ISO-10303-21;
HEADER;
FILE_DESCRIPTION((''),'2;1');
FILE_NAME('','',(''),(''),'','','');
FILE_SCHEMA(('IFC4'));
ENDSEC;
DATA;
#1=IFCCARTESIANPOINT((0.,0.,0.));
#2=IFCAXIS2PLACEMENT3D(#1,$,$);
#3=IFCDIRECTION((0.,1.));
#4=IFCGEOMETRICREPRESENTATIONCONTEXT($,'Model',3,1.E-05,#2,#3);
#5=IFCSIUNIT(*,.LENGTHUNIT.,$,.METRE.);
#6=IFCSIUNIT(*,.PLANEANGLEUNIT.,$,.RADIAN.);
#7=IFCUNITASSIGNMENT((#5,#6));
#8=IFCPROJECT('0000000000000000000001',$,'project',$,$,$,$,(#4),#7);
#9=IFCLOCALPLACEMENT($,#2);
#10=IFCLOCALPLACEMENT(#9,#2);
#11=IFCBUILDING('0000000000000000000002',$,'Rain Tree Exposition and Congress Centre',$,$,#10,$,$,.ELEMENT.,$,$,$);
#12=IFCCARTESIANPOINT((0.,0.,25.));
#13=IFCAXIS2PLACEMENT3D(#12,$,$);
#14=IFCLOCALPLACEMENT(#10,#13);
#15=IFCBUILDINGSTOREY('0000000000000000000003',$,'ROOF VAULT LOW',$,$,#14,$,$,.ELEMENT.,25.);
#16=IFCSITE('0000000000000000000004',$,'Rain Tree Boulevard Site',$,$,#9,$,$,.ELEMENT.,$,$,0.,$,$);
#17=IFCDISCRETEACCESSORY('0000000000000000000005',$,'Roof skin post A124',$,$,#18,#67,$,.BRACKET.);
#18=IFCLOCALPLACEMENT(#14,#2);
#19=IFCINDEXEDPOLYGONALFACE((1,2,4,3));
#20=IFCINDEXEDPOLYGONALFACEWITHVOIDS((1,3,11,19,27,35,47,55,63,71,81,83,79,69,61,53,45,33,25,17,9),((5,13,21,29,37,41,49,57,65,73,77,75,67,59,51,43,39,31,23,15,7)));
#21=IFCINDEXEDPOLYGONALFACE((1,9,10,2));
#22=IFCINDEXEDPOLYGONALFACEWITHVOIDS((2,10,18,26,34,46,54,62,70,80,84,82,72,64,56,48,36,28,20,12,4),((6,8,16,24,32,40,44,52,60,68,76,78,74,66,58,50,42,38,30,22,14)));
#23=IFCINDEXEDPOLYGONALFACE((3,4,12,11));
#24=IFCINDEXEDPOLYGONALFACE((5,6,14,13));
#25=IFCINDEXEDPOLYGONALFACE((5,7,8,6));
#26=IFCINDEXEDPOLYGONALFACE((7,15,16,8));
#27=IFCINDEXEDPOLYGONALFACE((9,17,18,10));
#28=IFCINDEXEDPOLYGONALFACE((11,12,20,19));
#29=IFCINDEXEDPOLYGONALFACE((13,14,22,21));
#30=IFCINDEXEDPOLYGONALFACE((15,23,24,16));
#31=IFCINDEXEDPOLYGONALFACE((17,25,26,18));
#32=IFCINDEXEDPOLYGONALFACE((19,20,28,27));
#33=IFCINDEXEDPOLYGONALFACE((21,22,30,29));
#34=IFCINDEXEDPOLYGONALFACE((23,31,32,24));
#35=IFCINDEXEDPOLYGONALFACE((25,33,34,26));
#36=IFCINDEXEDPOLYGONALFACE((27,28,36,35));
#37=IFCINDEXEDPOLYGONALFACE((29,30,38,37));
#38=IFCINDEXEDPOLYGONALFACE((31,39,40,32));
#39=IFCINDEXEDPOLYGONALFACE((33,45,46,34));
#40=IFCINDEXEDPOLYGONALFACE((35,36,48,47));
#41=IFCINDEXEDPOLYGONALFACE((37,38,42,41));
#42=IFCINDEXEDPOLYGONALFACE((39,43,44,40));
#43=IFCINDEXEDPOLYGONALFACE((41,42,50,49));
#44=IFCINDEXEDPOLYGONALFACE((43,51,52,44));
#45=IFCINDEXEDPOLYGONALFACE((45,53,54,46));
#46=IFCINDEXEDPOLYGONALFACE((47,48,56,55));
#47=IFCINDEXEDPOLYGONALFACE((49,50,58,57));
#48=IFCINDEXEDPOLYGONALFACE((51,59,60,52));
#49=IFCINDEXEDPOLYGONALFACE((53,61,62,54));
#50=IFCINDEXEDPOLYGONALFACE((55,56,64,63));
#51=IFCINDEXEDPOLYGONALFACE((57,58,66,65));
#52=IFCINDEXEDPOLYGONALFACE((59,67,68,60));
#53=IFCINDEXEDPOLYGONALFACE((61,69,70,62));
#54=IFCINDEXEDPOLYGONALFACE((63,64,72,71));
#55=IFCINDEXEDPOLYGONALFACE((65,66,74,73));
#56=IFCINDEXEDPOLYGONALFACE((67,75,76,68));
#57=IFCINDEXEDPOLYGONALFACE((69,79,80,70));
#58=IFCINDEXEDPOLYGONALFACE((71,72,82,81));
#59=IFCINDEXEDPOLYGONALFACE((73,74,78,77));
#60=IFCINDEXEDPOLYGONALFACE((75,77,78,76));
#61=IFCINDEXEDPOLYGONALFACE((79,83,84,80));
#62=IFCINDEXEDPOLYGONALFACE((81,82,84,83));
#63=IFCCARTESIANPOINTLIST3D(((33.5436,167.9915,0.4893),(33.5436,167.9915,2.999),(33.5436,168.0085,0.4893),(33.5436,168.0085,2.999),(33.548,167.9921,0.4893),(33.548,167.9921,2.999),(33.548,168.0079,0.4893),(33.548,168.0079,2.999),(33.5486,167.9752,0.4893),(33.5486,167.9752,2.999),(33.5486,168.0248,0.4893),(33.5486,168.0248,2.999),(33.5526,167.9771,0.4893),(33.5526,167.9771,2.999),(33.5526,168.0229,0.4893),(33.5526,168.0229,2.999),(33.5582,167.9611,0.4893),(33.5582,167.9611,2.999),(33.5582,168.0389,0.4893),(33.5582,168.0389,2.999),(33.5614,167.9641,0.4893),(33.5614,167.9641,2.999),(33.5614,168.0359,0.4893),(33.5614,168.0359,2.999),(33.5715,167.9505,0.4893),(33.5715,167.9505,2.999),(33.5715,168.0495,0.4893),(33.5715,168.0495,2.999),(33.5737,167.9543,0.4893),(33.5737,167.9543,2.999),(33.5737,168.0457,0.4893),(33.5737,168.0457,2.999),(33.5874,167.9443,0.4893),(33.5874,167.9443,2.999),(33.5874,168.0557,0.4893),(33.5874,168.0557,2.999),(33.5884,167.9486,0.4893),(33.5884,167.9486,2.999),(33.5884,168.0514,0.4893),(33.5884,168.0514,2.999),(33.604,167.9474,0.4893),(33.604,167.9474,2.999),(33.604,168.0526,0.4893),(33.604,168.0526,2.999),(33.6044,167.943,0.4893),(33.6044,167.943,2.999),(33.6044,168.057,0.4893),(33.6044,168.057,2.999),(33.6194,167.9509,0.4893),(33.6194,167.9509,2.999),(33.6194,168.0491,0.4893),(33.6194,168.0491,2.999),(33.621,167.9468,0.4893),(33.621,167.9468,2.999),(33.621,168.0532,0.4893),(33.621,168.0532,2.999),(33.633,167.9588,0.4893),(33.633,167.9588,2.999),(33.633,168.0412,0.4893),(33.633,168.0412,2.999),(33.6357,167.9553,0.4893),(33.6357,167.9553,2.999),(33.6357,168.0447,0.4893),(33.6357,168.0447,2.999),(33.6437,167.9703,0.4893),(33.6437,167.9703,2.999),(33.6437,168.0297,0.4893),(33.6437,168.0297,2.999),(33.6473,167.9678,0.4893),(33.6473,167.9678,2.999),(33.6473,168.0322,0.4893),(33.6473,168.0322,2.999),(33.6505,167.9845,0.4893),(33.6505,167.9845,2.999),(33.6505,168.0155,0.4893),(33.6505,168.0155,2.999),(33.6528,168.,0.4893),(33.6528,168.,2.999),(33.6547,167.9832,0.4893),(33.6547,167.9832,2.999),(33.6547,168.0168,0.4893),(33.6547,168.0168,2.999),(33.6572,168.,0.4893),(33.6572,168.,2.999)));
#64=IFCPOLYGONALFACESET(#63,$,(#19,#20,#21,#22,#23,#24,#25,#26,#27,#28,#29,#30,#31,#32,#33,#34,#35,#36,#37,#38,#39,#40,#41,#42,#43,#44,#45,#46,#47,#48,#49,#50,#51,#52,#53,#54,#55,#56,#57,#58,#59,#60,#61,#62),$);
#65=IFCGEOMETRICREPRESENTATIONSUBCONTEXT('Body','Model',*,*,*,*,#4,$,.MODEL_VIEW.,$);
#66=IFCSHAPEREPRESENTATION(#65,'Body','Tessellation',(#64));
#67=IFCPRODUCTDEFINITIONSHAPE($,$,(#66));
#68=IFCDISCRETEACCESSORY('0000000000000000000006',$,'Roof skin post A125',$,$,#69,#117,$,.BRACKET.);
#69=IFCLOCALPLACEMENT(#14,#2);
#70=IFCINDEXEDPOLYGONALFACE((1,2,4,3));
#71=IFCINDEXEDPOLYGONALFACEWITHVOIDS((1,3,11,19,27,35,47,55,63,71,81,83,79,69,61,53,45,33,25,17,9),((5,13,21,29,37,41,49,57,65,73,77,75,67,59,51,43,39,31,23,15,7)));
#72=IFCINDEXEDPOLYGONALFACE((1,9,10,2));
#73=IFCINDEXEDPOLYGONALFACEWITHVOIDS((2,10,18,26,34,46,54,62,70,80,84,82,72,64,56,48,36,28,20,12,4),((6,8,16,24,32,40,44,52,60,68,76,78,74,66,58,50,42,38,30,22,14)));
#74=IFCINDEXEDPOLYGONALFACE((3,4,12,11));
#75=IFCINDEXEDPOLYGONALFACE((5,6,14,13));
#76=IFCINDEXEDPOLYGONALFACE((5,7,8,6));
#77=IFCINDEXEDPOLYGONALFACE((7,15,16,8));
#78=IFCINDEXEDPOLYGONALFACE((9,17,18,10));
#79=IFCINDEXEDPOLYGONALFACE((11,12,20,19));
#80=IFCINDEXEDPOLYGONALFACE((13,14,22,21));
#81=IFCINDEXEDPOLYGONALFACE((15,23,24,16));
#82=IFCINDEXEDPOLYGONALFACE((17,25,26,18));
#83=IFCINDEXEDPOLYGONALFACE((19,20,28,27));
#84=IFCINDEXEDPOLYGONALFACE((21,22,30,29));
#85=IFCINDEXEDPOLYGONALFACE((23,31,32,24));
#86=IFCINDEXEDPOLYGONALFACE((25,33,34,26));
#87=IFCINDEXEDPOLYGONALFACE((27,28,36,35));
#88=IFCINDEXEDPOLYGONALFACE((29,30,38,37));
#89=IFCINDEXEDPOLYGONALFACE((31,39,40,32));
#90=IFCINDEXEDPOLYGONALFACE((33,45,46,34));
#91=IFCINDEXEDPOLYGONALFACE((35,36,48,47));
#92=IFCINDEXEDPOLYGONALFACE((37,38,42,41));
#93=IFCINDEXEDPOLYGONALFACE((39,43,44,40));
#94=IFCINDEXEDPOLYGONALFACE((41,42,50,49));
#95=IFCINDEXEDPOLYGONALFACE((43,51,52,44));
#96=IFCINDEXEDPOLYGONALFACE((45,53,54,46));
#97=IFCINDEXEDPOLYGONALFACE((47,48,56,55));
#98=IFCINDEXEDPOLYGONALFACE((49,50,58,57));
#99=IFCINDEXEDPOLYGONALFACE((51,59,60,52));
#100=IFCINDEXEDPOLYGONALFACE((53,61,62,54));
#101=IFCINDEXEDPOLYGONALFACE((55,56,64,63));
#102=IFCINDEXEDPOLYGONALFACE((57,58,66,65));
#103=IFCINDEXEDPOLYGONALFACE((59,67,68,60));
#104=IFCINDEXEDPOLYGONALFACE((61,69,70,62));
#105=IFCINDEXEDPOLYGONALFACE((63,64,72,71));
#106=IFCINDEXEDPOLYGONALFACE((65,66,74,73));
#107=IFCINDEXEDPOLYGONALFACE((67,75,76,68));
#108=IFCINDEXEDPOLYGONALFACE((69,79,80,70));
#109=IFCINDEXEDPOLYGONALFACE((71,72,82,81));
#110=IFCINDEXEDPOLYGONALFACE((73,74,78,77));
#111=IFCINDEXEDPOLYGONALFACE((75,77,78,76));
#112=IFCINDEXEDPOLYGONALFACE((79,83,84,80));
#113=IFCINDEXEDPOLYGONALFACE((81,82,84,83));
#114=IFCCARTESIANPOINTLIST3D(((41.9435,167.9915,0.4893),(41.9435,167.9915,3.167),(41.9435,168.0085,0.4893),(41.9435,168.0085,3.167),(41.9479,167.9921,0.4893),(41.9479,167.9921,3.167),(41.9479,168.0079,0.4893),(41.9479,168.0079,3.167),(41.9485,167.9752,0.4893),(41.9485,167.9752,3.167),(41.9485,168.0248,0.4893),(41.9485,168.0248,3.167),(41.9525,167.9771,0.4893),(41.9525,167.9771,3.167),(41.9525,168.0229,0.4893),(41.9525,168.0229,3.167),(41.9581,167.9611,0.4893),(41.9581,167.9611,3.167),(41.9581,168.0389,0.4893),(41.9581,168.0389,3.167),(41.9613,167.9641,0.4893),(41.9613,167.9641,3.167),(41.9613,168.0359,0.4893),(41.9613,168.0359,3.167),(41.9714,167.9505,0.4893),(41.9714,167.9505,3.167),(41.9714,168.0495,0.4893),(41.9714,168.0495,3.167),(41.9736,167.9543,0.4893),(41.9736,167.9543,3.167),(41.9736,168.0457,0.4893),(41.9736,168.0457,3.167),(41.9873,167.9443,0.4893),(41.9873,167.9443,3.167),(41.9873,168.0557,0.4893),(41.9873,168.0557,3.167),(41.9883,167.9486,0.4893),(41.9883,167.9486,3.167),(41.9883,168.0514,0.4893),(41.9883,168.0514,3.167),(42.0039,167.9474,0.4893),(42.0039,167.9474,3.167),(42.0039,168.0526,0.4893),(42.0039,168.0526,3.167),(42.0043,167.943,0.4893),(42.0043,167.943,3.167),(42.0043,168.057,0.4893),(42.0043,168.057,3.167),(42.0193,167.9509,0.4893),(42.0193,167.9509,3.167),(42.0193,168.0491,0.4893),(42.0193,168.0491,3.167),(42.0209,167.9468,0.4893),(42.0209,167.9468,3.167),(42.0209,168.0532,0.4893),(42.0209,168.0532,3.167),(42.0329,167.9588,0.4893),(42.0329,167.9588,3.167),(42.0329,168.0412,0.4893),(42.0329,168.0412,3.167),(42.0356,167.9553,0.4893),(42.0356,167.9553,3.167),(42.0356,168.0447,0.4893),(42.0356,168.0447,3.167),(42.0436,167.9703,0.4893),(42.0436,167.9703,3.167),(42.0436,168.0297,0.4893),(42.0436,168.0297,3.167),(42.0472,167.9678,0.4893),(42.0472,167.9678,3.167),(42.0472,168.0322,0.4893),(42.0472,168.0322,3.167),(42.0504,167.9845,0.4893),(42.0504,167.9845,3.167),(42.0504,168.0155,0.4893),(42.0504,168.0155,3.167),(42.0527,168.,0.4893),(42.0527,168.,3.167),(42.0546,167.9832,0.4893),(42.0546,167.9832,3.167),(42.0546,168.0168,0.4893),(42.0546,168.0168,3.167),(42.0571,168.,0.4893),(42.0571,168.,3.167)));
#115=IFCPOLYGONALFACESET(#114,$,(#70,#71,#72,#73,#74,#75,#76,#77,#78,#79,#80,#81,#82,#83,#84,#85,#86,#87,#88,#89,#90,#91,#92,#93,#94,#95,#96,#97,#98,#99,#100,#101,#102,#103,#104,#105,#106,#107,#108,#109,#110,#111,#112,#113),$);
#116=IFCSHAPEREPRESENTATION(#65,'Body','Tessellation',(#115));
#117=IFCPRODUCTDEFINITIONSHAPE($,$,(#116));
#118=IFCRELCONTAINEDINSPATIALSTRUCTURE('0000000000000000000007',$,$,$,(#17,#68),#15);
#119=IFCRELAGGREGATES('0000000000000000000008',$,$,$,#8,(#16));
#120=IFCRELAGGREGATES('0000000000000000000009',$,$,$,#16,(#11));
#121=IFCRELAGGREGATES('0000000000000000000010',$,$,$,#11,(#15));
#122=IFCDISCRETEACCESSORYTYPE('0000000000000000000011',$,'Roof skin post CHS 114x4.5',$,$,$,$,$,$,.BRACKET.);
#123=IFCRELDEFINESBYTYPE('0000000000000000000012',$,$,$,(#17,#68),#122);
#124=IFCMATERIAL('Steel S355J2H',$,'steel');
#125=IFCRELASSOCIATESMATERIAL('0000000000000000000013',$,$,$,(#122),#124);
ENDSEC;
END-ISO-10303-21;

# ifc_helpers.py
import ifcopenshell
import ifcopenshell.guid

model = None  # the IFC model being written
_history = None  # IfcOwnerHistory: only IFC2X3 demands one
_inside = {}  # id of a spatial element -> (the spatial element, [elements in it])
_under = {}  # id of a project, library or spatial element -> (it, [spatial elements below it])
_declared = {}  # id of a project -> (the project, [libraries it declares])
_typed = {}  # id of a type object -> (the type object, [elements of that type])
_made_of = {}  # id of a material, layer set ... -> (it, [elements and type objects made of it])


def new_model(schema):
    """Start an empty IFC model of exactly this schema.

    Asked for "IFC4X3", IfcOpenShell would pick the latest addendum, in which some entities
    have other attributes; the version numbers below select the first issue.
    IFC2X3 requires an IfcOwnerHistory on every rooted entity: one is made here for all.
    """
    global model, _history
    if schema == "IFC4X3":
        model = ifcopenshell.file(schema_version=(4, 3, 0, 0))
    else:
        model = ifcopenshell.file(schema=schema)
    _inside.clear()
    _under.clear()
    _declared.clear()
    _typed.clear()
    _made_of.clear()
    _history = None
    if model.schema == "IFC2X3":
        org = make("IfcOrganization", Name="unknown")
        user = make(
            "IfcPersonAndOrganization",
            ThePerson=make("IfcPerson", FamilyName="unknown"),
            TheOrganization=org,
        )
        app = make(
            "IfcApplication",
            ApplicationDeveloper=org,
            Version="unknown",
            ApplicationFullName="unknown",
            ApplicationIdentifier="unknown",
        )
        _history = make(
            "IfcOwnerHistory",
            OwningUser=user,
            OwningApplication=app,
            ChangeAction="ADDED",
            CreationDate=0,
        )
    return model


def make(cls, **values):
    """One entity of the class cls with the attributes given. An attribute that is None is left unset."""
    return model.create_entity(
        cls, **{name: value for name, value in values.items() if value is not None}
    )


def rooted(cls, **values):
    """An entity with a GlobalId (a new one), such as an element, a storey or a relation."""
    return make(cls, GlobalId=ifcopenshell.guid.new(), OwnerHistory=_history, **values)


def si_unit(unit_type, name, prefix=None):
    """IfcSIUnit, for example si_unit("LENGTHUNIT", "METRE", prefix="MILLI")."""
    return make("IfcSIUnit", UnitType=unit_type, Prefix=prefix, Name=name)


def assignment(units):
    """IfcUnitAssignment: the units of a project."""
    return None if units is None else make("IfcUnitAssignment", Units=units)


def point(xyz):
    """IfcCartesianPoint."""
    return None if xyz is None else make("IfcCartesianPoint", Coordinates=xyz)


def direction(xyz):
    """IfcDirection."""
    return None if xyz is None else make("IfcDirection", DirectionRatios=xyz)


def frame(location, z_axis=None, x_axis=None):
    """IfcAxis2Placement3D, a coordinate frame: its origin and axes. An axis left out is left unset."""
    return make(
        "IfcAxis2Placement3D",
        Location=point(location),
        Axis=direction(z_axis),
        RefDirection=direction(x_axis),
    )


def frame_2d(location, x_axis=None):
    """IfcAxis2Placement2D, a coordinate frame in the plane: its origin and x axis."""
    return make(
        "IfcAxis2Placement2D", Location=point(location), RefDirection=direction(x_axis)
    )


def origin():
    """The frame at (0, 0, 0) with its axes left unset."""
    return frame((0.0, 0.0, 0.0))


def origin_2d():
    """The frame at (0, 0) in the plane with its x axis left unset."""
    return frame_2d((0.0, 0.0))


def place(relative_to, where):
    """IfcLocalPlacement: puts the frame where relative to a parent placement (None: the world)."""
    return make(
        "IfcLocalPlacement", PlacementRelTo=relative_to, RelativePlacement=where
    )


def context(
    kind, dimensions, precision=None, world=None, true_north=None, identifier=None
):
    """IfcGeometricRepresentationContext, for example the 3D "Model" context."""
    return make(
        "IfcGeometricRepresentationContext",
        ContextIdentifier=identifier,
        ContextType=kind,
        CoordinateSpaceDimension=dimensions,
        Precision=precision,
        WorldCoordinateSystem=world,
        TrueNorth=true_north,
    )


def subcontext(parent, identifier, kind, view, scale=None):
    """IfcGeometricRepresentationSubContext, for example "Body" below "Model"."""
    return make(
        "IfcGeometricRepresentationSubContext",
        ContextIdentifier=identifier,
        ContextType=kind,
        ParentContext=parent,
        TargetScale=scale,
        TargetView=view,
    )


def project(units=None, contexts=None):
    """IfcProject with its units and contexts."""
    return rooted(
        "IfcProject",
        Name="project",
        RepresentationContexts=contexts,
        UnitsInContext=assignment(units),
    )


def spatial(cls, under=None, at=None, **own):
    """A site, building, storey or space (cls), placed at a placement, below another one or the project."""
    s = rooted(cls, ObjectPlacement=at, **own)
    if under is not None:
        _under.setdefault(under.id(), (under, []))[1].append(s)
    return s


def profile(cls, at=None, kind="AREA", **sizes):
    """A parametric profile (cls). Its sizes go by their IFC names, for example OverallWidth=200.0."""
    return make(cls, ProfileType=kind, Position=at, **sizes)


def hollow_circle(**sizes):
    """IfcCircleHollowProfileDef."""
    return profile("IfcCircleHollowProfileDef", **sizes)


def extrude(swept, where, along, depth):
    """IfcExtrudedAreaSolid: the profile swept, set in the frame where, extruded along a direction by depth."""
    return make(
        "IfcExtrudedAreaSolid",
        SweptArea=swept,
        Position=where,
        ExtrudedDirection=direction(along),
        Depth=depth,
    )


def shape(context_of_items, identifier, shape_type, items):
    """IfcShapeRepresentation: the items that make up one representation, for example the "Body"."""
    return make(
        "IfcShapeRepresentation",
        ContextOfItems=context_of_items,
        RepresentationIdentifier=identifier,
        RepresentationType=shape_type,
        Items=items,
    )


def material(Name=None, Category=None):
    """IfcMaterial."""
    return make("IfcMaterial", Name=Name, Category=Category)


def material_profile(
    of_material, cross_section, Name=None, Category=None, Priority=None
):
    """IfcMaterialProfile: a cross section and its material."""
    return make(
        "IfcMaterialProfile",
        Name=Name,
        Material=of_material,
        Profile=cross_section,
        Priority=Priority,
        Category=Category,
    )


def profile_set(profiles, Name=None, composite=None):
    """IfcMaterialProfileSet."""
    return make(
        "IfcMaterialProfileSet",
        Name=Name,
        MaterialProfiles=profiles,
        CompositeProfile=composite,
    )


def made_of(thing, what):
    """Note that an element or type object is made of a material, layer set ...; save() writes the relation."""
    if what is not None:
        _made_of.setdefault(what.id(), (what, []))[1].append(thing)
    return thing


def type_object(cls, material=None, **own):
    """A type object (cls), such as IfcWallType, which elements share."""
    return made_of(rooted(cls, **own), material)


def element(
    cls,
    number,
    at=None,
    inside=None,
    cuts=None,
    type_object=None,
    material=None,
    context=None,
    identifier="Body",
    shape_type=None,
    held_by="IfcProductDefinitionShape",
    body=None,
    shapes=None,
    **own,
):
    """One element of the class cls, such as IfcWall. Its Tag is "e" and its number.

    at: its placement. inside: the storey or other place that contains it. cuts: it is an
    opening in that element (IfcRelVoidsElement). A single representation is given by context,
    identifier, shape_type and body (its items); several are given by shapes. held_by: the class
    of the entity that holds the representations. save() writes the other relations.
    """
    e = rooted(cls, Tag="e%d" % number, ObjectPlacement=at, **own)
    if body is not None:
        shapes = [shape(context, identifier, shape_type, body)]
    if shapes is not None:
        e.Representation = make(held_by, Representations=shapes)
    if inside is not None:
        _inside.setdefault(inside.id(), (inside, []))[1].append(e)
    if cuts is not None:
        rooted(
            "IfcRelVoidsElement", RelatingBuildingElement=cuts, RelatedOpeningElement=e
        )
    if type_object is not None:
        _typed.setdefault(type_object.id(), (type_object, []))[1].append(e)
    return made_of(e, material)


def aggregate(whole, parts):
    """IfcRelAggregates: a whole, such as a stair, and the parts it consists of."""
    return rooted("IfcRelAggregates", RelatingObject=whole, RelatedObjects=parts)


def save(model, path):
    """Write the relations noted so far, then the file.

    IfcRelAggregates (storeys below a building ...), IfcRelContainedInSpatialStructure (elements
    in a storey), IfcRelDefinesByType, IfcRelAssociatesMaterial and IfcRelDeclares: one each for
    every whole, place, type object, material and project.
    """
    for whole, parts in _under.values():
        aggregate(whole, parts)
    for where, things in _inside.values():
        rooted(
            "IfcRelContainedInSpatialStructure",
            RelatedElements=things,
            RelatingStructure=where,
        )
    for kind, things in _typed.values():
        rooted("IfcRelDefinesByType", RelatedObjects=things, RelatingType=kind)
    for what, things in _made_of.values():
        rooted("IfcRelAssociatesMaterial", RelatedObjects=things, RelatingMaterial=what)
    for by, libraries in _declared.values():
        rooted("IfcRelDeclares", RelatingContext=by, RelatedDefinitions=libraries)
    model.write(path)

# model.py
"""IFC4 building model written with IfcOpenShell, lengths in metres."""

from ifc_helpers import new_model, si_unit, direction, frame, origin, origin_2d, place, context, subcontext, project, spatial, hollow_circle, extrude, material, material_profile, profile_set, type_object, element, save


model = new_model("IFC4")

# Units and contexts
model_context = context("Model", 3, precision=1e-05, world=origin(), true_north=direction((0.0, 1.0)))
body_context = subcontext(model_context, "Body", "Model", "MODEL_VIEW")
ifc_project = project(units=[si_unit("LENGTHUNIT", "METRE"), si_unit("PLANEANGLEUNIT", "RADIAN")], contexts=[model_context])

# Site, building, storey
site_placement = place(None, origin())
site = spatial("IfcSite", under=ifc_project, at=site_placement, Name="Rain Tree Boulevard Site", CompositionType="ELEMENT", RefElevation=0.0)
building_placement = place(site_placement, origin())
building = spatial("IfcBuilding", under=site, at=building_placement, Name="Rain Tree Exposition and Congress Centre", CompositionType="ELEMENT")
storey_placement = place(building_placement, frame((0.0, 0.0, 25.0)))
storey = spatial("IfcBuildingStorey", under=building, at=storey_placement, Name="ROOF VAULT LOW", CompositionType="ELEMENT", Elevation=25.0)

# Discrete accessories
ifc_material_1 = material(Name="Steel S355J2H", Category="steel")
ifc_material_profile_1 = material_profile(ifc_material_1, hollow_circle(Radius=0.0571, WallThickness=0.0044, at=origin_2d()), Name="CHS 114x4.5")
ifc_profile_set_1 = profile_set([ifc_material_profile_1], Name="Steel S355J2H")
discrete_accessory_type = type_object("IfcDiscreteAccessoryType", Name="Roof skin post CHS 114x4.5", PredefinedType="BRACKET", material=ifc_profile_set_1)
discrete_accessory_1_placement = place(storey_placement, frame((33.6001, 168.0, 0.4893), z_axis=(0.0, 0.0, 1.0), x_axis=(1.0, 0.0, 0.0)))
element("IfcDiscreteAccessory", 1, at=discrete_accessory_1_placement, inside=storey, type_object=discrete_accessory_type, Name="Roof skin post A124", PredefinedType="BRACKET", context=body_context, shape_type="SweptSolid", body=[
    extrude(hollow_circle(Radius=0.0571, WallThickness=0.0044, at=origin_2d()), origin(), (0.0, 0.0, 1.0), 2.5098),
])
discrete_accessory_2_placement = place(storey_placement, frame((42.0, 168.0, 0.4893), z_axis=(0.0, 0.0, 1.0), x_axis=(1.0, 0.0, 0.0)))
element("IfcDiscreteAccessory", 2, at=discrete_accessory_2_placement, inside=storey, type_object=discrete_accessory_type, Name="Roof skin post A125", PredefinedType="BRACKET", context=body_context, shape_type="SweptSolid", body=[
    extrude(hollow_circle(Radius=0.0571, WallThickness=0.0044, at=origin_2d()), origin(), (0.0, 0.0, 1.0), 2.6777),
])

save(model, "model.ifc")
